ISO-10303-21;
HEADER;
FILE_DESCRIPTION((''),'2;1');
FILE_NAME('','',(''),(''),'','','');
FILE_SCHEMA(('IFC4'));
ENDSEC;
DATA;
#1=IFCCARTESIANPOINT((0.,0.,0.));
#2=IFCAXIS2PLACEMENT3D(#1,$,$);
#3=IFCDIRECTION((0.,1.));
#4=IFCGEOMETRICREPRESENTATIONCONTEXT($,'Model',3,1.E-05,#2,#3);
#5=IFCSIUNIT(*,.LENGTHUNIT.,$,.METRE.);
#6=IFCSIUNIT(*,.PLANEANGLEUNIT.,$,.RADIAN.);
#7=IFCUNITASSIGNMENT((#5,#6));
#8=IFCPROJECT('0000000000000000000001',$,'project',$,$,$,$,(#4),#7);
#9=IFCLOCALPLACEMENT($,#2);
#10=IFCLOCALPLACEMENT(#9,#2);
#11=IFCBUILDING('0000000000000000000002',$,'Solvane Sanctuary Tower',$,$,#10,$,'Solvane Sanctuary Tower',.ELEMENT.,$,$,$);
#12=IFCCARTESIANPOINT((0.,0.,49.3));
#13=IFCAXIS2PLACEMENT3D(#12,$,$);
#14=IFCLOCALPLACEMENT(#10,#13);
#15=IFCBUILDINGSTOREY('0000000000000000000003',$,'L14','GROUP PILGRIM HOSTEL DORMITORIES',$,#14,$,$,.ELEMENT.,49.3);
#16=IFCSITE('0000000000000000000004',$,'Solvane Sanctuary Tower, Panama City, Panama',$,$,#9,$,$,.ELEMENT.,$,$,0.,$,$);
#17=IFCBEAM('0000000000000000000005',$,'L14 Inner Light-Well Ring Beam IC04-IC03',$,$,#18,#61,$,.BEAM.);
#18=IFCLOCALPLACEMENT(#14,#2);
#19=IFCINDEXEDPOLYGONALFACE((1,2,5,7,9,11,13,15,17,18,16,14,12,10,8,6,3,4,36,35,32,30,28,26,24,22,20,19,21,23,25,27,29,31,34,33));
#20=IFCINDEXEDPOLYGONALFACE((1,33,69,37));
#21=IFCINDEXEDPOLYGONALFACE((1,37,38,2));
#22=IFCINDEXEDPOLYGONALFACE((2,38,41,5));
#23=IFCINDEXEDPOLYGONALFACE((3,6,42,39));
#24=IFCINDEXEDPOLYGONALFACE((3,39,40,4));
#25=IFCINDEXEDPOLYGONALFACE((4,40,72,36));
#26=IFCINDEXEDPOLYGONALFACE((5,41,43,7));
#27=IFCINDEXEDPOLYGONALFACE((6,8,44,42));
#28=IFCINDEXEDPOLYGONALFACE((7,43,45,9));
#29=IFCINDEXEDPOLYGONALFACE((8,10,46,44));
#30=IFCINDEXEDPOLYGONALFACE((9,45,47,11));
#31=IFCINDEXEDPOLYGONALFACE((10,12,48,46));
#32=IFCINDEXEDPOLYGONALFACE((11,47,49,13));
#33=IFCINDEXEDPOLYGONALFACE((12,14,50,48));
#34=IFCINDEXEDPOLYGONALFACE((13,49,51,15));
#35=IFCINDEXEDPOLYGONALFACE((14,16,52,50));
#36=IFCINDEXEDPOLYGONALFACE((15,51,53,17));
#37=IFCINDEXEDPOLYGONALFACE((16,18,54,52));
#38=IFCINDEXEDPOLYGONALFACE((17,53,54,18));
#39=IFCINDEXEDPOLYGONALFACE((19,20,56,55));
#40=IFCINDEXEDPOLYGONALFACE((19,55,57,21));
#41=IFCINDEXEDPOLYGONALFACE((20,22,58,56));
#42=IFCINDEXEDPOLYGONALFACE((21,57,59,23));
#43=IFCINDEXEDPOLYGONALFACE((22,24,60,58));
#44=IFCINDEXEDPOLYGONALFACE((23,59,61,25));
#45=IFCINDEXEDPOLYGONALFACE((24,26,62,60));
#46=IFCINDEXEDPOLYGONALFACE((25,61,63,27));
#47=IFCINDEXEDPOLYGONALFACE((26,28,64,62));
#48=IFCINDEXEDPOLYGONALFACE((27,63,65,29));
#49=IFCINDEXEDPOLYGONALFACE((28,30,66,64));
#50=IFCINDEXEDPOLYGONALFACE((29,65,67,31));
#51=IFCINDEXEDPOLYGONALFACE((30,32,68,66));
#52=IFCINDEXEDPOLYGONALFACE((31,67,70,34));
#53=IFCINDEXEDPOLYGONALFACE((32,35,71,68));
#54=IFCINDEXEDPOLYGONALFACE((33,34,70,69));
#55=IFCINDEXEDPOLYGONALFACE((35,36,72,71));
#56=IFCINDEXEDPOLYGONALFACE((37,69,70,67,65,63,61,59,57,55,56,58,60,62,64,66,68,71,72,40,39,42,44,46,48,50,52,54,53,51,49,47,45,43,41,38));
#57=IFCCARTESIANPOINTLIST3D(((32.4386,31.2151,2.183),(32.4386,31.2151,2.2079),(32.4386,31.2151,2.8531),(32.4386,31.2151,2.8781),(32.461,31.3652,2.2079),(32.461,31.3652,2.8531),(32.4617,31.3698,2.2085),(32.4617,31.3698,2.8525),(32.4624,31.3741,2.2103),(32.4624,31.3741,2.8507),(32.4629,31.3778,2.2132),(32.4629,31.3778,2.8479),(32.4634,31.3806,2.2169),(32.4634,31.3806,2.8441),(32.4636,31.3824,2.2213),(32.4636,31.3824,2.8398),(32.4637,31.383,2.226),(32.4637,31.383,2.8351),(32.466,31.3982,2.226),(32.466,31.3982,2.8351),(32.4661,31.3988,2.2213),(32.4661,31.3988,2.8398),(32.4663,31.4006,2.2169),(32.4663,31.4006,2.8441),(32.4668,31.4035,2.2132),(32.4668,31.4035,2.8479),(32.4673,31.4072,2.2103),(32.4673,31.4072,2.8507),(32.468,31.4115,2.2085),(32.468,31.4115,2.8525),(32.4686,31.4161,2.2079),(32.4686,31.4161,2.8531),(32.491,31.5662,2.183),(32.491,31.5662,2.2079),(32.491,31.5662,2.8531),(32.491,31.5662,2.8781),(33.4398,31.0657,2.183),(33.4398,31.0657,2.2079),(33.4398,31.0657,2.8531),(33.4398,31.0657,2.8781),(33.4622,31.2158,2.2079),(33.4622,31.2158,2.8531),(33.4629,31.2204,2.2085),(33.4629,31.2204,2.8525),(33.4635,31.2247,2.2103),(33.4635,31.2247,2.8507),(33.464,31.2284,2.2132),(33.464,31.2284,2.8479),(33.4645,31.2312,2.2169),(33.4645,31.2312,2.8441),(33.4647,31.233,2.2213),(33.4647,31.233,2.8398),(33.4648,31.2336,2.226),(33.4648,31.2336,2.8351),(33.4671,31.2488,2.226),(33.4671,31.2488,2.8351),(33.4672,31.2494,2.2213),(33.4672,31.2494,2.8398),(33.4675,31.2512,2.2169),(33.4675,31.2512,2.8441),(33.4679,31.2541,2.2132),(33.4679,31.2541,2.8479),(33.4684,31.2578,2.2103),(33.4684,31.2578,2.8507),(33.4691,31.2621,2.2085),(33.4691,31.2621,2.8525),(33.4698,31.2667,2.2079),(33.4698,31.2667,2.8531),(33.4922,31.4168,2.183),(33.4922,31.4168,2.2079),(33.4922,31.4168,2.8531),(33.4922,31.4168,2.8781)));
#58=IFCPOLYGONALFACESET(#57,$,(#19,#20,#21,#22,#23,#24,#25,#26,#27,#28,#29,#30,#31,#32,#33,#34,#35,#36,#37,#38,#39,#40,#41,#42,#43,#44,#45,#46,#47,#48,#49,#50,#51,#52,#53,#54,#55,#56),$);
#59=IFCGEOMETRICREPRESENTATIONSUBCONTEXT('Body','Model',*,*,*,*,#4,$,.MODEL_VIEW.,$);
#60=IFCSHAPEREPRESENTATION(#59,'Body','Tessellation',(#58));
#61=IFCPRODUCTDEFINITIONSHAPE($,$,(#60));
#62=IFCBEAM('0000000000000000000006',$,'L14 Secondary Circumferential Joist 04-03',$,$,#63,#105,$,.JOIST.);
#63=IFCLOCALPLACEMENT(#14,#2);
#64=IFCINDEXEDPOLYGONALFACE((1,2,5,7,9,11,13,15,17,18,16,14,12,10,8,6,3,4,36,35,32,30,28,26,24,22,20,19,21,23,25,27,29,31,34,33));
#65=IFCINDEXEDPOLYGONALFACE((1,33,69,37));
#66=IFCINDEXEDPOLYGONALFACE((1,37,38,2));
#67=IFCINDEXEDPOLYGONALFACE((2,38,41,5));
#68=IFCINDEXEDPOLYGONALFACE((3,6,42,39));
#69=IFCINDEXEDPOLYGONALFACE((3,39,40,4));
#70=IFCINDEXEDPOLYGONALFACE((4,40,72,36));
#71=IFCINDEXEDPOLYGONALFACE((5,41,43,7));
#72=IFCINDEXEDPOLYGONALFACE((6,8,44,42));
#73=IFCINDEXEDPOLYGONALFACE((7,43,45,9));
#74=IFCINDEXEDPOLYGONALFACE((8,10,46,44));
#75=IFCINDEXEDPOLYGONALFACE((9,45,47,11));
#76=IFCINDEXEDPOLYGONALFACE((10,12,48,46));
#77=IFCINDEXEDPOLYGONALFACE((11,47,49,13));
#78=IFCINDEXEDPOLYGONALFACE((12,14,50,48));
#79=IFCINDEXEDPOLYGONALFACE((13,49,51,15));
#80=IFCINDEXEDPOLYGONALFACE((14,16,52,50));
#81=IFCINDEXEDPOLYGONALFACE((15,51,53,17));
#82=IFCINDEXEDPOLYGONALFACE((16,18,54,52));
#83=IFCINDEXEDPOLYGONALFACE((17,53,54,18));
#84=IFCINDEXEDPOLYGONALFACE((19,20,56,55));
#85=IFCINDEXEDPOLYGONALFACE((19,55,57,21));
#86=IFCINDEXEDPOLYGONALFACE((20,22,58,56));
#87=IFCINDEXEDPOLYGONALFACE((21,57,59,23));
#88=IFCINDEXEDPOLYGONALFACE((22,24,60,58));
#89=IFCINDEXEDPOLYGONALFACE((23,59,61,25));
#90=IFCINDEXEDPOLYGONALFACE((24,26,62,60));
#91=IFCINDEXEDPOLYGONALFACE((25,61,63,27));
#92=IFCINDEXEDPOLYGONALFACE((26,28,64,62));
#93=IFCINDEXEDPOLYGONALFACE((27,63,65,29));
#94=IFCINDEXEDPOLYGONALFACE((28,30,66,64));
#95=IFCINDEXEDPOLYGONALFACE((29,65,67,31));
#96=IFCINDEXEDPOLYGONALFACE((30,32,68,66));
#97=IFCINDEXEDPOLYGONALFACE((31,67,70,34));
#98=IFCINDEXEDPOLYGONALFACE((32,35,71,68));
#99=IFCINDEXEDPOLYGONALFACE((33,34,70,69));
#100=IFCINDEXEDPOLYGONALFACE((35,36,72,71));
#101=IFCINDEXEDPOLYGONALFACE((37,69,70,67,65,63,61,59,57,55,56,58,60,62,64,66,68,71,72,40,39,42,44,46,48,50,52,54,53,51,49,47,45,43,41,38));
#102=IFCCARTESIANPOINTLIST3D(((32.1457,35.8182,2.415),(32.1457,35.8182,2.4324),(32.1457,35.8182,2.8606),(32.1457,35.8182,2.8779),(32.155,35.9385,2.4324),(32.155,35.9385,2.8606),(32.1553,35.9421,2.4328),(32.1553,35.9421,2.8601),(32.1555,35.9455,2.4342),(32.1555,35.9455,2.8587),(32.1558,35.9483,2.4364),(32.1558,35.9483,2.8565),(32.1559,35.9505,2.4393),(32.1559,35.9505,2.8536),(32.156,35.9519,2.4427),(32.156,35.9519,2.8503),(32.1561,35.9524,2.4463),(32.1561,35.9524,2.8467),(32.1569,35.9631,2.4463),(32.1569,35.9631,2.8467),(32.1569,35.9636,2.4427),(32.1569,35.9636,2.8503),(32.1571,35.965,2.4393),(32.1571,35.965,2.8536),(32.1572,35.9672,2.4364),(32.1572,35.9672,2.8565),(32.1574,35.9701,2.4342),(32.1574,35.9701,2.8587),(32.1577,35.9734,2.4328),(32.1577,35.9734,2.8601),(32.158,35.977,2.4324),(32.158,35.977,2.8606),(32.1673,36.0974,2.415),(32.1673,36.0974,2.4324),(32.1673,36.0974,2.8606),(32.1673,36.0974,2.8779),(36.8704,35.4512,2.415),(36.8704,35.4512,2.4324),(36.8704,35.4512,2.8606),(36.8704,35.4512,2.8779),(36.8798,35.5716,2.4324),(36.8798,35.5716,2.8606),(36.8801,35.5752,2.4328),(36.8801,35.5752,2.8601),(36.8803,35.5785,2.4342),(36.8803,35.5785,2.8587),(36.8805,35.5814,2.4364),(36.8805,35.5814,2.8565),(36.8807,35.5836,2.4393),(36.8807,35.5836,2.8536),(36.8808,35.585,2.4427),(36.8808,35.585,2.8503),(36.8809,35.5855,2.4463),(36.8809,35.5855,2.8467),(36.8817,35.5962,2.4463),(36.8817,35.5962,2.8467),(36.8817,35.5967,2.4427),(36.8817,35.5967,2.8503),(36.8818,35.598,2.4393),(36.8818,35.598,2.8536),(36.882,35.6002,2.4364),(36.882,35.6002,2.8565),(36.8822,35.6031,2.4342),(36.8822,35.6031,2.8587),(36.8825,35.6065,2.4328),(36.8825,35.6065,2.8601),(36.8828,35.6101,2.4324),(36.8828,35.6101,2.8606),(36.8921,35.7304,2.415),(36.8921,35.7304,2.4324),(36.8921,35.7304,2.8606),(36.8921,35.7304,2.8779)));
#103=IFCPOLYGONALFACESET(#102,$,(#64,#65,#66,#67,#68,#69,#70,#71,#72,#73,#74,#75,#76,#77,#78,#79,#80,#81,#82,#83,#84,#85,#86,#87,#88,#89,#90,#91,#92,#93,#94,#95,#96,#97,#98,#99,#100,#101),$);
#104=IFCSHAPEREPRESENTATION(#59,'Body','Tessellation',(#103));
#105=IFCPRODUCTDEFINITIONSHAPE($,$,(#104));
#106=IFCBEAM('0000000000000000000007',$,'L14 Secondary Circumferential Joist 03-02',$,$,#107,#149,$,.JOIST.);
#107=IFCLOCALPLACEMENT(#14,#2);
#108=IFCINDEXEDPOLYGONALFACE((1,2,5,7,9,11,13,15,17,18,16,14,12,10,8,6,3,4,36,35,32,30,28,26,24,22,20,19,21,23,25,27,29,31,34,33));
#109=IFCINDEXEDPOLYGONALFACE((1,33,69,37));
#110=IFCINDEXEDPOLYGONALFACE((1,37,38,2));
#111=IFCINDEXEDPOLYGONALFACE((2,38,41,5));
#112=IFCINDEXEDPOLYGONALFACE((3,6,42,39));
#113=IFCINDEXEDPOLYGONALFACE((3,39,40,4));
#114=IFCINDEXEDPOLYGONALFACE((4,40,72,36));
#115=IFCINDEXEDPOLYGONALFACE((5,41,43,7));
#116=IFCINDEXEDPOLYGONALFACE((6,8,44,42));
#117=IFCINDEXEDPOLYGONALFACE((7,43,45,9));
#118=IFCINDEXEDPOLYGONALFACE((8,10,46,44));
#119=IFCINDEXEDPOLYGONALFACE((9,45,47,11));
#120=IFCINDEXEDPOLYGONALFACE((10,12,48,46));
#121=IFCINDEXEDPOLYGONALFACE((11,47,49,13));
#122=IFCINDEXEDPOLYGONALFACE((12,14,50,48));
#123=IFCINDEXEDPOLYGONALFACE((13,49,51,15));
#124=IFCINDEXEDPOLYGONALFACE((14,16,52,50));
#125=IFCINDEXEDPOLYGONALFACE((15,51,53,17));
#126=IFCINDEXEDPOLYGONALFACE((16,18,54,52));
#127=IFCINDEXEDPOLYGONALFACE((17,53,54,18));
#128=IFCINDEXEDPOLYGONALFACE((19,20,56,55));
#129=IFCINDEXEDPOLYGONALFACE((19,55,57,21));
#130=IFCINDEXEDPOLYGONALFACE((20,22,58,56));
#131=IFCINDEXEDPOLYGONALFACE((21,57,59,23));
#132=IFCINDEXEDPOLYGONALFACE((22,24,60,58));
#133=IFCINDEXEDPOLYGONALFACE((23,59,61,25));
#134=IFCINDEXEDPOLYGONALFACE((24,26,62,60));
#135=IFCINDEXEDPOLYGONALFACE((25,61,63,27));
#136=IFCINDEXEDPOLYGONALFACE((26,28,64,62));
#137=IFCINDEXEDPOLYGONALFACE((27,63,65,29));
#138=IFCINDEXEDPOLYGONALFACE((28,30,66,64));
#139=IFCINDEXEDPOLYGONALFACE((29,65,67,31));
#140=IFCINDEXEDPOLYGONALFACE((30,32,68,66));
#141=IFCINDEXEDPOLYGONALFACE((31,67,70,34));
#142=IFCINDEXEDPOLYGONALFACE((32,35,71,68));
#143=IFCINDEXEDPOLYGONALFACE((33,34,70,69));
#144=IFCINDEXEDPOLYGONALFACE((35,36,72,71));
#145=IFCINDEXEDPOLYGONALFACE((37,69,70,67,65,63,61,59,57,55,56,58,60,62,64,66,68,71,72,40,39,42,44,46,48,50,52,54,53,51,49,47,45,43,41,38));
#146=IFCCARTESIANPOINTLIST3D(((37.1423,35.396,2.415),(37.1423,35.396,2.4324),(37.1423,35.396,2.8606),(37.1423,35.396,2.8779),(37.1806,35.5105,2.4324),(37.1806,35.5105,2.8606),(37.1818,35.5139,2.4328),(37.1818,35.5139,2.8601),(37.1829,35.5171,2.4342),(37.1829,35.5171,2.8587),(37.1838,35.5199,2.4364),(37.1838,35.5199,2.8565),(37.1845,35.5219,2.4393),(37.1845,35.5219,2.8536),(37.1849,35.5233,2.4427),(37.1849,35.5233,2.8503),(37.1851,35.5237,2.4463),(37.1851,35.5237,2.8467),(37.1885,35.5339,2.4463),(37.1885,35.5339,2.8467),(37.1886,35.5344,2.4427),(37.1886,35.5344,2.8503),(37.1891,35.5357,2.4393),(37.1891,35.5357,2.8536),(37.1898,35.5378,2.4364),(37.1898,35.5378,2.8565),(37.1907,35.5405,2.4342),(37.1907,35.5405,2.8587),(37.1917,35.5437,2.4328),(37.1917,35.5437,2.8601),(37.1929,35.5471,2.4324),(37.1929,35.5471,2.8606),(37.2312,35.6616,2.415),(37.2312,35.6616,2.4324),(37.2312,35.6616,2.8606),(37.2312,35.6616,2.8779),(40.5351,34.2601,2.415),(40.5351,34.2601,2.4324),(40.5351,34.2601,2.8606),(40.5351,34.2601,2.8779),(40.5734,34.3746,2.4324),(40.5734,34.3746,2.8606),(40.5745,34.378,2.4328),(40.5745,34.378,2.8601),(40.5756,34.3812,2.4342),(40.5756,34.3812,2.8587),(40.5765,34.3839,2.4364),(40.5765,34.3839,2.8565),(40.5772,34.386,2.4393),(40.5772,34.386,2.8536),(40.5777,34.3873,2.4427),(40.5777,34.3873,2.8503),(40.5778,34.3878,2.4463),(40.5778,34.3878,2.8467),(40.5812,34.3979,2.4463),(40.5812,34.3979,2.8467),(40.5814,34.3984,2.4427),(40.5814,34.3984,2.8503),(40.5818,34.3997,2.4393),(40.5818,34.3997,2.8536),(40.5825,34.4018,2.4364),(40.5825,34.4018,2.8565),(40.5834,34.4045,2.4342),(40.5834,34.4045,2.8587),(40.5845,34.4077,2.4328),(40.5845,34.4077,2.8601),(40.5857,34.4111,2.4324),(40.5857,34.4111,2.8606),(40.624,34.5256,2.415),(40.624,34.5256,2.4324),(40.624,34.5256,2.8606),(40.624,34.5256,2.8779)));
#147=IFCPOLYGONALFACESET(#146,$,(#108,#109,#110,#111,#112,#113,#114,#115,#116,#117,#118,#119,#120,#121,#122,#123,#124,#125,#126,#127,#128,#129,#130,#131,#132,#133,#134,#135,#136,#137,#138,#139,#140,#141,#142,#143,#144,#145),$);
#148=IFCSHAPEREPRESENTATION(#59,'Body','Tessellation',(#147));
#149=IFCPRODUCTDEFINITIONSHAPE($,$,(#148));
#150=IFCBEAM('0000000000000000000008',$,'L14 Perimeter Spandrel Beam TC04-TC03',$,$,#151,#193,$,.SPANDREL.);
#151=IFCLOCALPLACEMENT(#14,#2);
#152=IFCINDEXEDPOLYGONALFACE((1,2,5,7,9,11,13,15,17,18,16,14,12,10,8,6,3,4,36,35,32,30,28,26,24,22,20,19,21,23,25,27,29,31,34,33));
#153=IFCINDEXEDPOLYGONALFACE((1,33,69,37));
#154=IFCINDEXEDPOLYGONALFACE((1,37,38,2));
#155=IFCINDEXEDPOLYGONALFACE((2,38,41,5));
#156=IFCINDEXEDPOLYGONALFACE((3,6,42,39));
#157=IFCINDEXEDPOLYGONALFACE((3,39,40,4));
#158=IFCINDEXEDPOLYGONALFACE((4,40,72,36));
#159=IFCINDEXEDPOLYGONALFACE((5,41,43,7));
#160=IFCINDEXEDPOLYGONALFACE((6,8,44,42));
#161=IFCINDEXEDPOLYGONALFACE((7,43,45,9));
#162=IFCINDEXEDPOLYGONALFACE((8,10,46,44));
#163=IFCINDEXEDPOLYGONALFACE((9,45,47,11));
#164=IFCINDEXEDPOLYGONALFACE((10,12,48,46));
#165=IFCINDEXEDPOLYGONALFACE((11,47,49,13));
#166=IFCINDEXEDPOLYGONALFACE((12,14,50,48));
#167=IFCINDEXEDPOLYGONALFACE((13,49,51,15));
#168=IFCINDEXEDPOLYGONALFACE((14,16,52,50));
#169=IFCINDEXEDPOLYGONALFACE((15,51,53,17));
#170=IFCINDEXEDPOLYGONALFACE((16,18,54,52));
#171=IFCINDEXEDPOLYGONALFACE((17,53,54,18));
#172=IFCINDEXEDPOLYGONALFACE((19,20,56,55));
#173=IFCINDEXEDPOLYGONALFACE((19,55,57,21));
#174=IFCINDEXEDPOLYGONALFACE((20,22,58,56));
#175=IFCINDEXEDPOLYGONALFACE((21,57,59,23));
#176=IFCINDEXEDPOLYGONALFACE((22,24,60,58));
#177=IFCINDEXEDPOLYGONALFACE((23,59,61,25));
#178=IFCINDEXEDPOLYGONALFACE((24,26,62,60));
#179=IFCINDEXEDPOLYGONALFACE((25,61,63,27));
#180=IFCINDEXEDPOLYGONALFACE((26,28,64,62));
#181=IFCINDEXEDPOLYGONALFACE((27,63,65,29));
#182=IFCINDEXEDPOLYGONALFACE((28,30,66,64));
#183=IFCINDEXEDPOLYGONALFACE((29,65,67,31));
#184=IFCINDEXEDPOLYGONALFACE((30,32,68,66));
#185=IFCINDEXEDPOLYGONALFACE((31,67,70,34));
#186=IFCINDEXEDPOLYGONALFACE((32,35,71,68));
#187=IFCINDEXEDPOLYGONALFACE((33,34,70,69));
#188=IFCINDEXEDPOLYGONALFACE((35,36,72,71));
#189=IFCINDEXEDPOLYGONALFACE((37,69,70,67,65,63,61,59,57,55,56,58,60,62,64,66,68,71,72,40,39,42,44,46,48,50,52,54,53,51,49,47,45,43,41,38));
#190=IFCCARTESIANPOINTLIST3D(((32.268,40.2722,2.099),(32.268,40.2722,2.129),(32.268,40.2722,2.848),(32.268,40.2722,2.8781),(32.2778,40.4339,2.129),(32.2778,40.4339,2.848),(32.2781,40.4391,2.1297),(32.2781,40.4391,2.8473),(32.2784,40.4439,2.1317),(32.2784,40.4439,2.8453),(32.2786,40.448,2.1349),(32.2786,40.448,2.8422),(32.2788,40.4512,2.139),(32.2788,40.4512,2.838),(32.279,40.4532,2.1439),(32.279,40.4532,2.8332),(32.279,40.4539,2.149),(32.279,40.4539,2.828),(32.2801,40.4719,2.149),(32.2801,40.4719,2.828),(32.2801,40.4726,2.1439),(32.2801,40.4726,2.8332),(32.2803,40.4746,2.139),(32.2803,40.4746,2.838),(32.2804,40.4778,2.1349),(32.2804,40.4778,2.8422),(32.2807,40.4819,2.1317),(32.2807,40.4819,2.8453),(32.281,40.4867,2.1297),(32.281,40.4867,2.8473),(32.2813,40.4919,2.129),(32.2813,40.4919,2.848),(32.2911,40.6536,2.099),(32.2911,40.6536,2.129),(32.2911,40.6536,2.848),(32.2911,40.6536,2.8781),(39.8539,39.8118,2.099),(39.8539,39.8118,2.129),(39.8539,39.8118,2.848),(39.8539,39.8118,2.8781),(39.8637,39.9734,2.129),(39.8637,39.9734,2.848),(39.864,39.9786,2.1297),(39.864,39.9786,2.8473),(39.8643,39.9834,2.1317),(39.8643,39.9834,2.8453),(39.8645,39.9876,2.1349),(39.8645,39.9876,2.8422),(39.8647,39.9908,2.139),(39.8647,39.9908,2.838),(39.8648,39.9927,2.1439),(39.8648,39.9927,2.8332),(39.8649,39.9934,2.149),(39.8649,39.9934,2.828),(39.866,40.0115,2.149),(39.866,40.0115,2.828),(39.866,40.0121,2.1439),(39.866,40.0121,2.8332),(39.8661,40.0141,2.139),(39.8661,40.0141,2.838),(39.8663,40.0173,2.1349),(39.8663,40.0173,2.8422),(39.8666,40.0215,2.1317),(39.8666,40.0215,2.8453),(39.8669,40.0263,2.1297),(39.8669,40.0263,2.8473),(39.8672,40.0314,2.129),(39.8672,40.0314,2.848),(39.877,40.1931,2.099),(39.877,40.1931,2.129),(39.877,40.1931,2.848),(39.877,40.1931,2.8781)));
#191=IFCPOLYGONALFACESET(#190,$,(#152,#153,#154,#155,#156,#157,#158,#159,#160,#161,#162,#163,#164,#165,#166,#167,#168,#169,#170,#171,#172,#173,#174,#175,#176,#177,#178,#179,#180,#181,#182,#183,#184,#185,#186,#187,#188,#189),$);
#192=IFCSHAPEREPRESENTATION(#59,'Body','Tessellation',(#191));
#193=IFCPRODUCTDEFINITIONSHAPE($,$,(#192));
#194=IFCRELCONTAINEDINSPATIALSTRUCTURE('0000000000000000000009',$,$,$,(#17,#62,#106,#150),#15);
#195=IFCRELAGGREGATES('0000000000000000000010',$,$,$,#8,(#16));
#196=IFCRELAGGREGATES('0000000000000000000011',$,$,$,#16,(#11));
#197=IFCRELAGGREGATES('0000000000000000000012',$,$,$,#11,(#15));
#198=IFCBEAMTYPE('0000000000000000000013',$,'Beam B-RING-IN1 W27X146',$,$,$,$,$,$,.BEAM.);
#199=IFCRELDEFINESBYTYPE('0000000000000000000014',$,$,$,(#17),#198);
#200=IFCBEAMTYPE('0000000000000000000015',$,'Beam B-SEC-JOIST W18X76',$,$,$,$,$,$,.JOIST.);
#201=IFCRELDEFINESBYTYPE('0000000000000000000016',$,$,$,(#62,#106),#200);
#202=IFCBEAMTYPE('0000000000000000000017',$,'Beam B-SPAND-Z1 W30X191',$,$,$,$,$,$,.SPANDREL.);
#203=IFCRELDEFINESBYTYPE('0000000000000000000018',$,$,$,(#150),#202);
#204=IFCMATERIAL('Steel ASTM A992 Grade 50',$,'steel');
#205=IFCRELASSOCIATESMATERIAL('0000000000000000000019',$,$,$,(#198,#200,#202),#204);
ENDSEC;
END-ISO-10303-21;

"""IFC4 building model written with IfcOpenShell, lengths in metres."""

from ifc_helpers import new_model, si_unit, direction, frame, origin, origin_2d, place, context, subcontext, project, spatial, i_section, extrude, material, material_profile, profile_set, type_object, element, save


model = new_model("IFC4")

# Units and contexts
model_context = context("Model", 3, precision=1e-05, world=origin(), true_north=direction((0.0, 1.0)))
body_context = subcontext(model_context, "Body", "Model", "MODEL_VIEW")
ifc_project = project(units=[si_unit("LENGTHUNIT", "METRE"), si_unit("PLANEANGLEUNIT", "RADIAN")], contexts=[model_context])

# Site, building, storey
site_placement = place(None, origin())
site = spatial("IfcSite", under=ifc_project, at=site_placement, Name="Solvane Sanctuary Tower, Panama City, Panama", CompositionType="ELEMENT", RefElevation=0.0)
building_placement = place(site_placement, origin())
building = spatial("IfcBuilding", under=site, at=building_placement, Name="Solvane Sanctuary Tower", LongName="Solvane Sanctuary Tower", CompositionType="ELEMENT")
storey_placement = place(building_placement, frame((0.0, 0.0, 49.3)))
storey = spatial("IfcBuildingStorey", under=building, at=storey_placement, Name="L14", Description="GROUP PILGRIM HOSTEL DORMITORIES", CompositionType="ELEMENT", Elevation=49.3)

# Beams
ifc_material_1 = material(Name="Steel ASTM A992 Grade 50", Category="steel")
ifc_material_profile_1 = material_profile(ifc_material_1, i_section(OverallWidth=0.355, OverallDepth=0.6951, WebThickness=0.0154, FlangeThickness=0.0249, FilletRadius=0.0181, at=origin_2d()), Name="W27X146")
ifc_profile_set_1 = profile_set([ifc_material_profile_1], Name="Steel ASTM A992 Grade 50")
beam_type_1 = type_object("IfcBeamType", Name="Beam B-RING-IN1 W27X146", PredefinedType="BEAM", material=ifc_profile_set_1)
beam_1_placement = place(storey_placement, frame((32.4648, 31.3906, 2.5305), z_axis=(0.989048, -0.147597, 0.0), x_axis=(0.147597, 0.989048, 0.0)))
element("IfcBeam", 1, at=beam_1_placement, inside=storey, type_object=beam_type_1, Name="L14 Inner Light-Well Ring Beam IC04-IC03", PredefinedType="BEAM", context=body_context, shape_type="SweptSolid", body=[
    extrude(i_section(OverallWidth=0.355, OverallDepth=0.6951, WebThickness=0.0154, FlangeThickness=0.0249, FilletRadius=0.0181, at=origin_2d()), origin(), (0.0, 0.0, 1.0), 1.0122),
])
ifc_material_profile_2 = material_profile(ifc_material_1, i_section(OverallWidth=0.28, OverallDepth=0.4629, WebThickness=0.0107, FlangeThickness=0.0173, FilletRadius=0.0139, at=origin_2d()), Name="W18X76")
ifc_profile_set_2 = profile_set([ifc_material_profile_2], Name="Steel ASTM A992 Grade 50")
beam_type_2 = type_object("IfcBeamType", Name="Beam B-SEC-JOIST W18X76", PredefinedType="JOIST", material=ifc_profile_set_2)
beam_2_placement = place(storey_placement, frame((32.1565, 35.9578, 2.6465), z_axis=(0.996998, -0.077429, 0.0), x_axis=(0.077429, 0.996998, 0.0)))
element("IfcBeam", 2, at=beam_2_placement, inside=storey, type_object=beam_type_2, Name="L14 Secondary Circumferential Joist 04-03", PredefinedType="JOIST", context=body_context, shape_type="SweptSolid", body=[
    extrude(i_section(OverallWidth=0.28, OverallDepth=0.4629, WebThickness=0.0107, FlangeThickness=0.0173, FilletRadius=0.0139, at=origin_2d()), origin(), (0.0, 0.0, 1.0), 4.739),
])
beam_3_placement = place(storey_placement, frame((37.1868, 35.5288, 2.6465), z_axis=(0.948259, -0.317497, 0.0), x_axis=(0.317497, 0.948259, 0.0)))
element("IfcBeam", 3, at=beam_3_placement, inside=storey, type_object=beam_type_2, Name="L14 Secondary Circumferential Joist 03-02", PredefinedType="JOIST", context=body_context, shape_type="SweptSolid", body=[
    extrude(i_section(OverallWidth=0.28, OverallDepth=0.4629, WebThickness=0.0107, FlangeThickness=0.0173, FilletRadius=0.0139, at=origin_2d()), origin(), (0.0, 0.0, 1.0), 3.5779),
])
ifc_material_profile_3 = material_profile(ifc_material_1, i_section(OverallWidth=0.3821, OverallDepth=0.7791, WebThickness=0.0181, FlangeThickness=0.03, FilletRadius=0.02, at=origin_2d()), Name="W30X191")
ifc_profile_set_3 = profile_set([ifc_material_profile_3], Name="Steel ASTM A992 Grade 50")
beam_type_3 = type_object("IfcBeamType", Name="Beam B-SPAND-Z1 W30X191", PredefinedType="SPANDREL", material=ifc_profile_set_3)
beam_4_placement = place(storey_placement, frame((32.2795, 40.4629, 2.4885), z_axis=(0.998163, -0.060586, 0.0), x_axis=(0.060586, 0.998163, 0.0)))
element("IfcBeam", 4, at=beam_4_placement, inside=storey, type_object=beam_type_3, Name="L14 Perimeter Spandrel Beam TC04-TC03", PredefinedType="SPANDREL", context=body_context, shape_type="SweptSolid", body=[
    extrude(i_section(OverallWidth=0.3821, OverallDepth=0.7791, WebThickness=0.0181, FlangeThickness=0.03, FilletRadius=0.02, at=origin_2d()), origin(), (0.0, 0.0, 1.0), 7.5999),
])

save(model, "model.ifc")
